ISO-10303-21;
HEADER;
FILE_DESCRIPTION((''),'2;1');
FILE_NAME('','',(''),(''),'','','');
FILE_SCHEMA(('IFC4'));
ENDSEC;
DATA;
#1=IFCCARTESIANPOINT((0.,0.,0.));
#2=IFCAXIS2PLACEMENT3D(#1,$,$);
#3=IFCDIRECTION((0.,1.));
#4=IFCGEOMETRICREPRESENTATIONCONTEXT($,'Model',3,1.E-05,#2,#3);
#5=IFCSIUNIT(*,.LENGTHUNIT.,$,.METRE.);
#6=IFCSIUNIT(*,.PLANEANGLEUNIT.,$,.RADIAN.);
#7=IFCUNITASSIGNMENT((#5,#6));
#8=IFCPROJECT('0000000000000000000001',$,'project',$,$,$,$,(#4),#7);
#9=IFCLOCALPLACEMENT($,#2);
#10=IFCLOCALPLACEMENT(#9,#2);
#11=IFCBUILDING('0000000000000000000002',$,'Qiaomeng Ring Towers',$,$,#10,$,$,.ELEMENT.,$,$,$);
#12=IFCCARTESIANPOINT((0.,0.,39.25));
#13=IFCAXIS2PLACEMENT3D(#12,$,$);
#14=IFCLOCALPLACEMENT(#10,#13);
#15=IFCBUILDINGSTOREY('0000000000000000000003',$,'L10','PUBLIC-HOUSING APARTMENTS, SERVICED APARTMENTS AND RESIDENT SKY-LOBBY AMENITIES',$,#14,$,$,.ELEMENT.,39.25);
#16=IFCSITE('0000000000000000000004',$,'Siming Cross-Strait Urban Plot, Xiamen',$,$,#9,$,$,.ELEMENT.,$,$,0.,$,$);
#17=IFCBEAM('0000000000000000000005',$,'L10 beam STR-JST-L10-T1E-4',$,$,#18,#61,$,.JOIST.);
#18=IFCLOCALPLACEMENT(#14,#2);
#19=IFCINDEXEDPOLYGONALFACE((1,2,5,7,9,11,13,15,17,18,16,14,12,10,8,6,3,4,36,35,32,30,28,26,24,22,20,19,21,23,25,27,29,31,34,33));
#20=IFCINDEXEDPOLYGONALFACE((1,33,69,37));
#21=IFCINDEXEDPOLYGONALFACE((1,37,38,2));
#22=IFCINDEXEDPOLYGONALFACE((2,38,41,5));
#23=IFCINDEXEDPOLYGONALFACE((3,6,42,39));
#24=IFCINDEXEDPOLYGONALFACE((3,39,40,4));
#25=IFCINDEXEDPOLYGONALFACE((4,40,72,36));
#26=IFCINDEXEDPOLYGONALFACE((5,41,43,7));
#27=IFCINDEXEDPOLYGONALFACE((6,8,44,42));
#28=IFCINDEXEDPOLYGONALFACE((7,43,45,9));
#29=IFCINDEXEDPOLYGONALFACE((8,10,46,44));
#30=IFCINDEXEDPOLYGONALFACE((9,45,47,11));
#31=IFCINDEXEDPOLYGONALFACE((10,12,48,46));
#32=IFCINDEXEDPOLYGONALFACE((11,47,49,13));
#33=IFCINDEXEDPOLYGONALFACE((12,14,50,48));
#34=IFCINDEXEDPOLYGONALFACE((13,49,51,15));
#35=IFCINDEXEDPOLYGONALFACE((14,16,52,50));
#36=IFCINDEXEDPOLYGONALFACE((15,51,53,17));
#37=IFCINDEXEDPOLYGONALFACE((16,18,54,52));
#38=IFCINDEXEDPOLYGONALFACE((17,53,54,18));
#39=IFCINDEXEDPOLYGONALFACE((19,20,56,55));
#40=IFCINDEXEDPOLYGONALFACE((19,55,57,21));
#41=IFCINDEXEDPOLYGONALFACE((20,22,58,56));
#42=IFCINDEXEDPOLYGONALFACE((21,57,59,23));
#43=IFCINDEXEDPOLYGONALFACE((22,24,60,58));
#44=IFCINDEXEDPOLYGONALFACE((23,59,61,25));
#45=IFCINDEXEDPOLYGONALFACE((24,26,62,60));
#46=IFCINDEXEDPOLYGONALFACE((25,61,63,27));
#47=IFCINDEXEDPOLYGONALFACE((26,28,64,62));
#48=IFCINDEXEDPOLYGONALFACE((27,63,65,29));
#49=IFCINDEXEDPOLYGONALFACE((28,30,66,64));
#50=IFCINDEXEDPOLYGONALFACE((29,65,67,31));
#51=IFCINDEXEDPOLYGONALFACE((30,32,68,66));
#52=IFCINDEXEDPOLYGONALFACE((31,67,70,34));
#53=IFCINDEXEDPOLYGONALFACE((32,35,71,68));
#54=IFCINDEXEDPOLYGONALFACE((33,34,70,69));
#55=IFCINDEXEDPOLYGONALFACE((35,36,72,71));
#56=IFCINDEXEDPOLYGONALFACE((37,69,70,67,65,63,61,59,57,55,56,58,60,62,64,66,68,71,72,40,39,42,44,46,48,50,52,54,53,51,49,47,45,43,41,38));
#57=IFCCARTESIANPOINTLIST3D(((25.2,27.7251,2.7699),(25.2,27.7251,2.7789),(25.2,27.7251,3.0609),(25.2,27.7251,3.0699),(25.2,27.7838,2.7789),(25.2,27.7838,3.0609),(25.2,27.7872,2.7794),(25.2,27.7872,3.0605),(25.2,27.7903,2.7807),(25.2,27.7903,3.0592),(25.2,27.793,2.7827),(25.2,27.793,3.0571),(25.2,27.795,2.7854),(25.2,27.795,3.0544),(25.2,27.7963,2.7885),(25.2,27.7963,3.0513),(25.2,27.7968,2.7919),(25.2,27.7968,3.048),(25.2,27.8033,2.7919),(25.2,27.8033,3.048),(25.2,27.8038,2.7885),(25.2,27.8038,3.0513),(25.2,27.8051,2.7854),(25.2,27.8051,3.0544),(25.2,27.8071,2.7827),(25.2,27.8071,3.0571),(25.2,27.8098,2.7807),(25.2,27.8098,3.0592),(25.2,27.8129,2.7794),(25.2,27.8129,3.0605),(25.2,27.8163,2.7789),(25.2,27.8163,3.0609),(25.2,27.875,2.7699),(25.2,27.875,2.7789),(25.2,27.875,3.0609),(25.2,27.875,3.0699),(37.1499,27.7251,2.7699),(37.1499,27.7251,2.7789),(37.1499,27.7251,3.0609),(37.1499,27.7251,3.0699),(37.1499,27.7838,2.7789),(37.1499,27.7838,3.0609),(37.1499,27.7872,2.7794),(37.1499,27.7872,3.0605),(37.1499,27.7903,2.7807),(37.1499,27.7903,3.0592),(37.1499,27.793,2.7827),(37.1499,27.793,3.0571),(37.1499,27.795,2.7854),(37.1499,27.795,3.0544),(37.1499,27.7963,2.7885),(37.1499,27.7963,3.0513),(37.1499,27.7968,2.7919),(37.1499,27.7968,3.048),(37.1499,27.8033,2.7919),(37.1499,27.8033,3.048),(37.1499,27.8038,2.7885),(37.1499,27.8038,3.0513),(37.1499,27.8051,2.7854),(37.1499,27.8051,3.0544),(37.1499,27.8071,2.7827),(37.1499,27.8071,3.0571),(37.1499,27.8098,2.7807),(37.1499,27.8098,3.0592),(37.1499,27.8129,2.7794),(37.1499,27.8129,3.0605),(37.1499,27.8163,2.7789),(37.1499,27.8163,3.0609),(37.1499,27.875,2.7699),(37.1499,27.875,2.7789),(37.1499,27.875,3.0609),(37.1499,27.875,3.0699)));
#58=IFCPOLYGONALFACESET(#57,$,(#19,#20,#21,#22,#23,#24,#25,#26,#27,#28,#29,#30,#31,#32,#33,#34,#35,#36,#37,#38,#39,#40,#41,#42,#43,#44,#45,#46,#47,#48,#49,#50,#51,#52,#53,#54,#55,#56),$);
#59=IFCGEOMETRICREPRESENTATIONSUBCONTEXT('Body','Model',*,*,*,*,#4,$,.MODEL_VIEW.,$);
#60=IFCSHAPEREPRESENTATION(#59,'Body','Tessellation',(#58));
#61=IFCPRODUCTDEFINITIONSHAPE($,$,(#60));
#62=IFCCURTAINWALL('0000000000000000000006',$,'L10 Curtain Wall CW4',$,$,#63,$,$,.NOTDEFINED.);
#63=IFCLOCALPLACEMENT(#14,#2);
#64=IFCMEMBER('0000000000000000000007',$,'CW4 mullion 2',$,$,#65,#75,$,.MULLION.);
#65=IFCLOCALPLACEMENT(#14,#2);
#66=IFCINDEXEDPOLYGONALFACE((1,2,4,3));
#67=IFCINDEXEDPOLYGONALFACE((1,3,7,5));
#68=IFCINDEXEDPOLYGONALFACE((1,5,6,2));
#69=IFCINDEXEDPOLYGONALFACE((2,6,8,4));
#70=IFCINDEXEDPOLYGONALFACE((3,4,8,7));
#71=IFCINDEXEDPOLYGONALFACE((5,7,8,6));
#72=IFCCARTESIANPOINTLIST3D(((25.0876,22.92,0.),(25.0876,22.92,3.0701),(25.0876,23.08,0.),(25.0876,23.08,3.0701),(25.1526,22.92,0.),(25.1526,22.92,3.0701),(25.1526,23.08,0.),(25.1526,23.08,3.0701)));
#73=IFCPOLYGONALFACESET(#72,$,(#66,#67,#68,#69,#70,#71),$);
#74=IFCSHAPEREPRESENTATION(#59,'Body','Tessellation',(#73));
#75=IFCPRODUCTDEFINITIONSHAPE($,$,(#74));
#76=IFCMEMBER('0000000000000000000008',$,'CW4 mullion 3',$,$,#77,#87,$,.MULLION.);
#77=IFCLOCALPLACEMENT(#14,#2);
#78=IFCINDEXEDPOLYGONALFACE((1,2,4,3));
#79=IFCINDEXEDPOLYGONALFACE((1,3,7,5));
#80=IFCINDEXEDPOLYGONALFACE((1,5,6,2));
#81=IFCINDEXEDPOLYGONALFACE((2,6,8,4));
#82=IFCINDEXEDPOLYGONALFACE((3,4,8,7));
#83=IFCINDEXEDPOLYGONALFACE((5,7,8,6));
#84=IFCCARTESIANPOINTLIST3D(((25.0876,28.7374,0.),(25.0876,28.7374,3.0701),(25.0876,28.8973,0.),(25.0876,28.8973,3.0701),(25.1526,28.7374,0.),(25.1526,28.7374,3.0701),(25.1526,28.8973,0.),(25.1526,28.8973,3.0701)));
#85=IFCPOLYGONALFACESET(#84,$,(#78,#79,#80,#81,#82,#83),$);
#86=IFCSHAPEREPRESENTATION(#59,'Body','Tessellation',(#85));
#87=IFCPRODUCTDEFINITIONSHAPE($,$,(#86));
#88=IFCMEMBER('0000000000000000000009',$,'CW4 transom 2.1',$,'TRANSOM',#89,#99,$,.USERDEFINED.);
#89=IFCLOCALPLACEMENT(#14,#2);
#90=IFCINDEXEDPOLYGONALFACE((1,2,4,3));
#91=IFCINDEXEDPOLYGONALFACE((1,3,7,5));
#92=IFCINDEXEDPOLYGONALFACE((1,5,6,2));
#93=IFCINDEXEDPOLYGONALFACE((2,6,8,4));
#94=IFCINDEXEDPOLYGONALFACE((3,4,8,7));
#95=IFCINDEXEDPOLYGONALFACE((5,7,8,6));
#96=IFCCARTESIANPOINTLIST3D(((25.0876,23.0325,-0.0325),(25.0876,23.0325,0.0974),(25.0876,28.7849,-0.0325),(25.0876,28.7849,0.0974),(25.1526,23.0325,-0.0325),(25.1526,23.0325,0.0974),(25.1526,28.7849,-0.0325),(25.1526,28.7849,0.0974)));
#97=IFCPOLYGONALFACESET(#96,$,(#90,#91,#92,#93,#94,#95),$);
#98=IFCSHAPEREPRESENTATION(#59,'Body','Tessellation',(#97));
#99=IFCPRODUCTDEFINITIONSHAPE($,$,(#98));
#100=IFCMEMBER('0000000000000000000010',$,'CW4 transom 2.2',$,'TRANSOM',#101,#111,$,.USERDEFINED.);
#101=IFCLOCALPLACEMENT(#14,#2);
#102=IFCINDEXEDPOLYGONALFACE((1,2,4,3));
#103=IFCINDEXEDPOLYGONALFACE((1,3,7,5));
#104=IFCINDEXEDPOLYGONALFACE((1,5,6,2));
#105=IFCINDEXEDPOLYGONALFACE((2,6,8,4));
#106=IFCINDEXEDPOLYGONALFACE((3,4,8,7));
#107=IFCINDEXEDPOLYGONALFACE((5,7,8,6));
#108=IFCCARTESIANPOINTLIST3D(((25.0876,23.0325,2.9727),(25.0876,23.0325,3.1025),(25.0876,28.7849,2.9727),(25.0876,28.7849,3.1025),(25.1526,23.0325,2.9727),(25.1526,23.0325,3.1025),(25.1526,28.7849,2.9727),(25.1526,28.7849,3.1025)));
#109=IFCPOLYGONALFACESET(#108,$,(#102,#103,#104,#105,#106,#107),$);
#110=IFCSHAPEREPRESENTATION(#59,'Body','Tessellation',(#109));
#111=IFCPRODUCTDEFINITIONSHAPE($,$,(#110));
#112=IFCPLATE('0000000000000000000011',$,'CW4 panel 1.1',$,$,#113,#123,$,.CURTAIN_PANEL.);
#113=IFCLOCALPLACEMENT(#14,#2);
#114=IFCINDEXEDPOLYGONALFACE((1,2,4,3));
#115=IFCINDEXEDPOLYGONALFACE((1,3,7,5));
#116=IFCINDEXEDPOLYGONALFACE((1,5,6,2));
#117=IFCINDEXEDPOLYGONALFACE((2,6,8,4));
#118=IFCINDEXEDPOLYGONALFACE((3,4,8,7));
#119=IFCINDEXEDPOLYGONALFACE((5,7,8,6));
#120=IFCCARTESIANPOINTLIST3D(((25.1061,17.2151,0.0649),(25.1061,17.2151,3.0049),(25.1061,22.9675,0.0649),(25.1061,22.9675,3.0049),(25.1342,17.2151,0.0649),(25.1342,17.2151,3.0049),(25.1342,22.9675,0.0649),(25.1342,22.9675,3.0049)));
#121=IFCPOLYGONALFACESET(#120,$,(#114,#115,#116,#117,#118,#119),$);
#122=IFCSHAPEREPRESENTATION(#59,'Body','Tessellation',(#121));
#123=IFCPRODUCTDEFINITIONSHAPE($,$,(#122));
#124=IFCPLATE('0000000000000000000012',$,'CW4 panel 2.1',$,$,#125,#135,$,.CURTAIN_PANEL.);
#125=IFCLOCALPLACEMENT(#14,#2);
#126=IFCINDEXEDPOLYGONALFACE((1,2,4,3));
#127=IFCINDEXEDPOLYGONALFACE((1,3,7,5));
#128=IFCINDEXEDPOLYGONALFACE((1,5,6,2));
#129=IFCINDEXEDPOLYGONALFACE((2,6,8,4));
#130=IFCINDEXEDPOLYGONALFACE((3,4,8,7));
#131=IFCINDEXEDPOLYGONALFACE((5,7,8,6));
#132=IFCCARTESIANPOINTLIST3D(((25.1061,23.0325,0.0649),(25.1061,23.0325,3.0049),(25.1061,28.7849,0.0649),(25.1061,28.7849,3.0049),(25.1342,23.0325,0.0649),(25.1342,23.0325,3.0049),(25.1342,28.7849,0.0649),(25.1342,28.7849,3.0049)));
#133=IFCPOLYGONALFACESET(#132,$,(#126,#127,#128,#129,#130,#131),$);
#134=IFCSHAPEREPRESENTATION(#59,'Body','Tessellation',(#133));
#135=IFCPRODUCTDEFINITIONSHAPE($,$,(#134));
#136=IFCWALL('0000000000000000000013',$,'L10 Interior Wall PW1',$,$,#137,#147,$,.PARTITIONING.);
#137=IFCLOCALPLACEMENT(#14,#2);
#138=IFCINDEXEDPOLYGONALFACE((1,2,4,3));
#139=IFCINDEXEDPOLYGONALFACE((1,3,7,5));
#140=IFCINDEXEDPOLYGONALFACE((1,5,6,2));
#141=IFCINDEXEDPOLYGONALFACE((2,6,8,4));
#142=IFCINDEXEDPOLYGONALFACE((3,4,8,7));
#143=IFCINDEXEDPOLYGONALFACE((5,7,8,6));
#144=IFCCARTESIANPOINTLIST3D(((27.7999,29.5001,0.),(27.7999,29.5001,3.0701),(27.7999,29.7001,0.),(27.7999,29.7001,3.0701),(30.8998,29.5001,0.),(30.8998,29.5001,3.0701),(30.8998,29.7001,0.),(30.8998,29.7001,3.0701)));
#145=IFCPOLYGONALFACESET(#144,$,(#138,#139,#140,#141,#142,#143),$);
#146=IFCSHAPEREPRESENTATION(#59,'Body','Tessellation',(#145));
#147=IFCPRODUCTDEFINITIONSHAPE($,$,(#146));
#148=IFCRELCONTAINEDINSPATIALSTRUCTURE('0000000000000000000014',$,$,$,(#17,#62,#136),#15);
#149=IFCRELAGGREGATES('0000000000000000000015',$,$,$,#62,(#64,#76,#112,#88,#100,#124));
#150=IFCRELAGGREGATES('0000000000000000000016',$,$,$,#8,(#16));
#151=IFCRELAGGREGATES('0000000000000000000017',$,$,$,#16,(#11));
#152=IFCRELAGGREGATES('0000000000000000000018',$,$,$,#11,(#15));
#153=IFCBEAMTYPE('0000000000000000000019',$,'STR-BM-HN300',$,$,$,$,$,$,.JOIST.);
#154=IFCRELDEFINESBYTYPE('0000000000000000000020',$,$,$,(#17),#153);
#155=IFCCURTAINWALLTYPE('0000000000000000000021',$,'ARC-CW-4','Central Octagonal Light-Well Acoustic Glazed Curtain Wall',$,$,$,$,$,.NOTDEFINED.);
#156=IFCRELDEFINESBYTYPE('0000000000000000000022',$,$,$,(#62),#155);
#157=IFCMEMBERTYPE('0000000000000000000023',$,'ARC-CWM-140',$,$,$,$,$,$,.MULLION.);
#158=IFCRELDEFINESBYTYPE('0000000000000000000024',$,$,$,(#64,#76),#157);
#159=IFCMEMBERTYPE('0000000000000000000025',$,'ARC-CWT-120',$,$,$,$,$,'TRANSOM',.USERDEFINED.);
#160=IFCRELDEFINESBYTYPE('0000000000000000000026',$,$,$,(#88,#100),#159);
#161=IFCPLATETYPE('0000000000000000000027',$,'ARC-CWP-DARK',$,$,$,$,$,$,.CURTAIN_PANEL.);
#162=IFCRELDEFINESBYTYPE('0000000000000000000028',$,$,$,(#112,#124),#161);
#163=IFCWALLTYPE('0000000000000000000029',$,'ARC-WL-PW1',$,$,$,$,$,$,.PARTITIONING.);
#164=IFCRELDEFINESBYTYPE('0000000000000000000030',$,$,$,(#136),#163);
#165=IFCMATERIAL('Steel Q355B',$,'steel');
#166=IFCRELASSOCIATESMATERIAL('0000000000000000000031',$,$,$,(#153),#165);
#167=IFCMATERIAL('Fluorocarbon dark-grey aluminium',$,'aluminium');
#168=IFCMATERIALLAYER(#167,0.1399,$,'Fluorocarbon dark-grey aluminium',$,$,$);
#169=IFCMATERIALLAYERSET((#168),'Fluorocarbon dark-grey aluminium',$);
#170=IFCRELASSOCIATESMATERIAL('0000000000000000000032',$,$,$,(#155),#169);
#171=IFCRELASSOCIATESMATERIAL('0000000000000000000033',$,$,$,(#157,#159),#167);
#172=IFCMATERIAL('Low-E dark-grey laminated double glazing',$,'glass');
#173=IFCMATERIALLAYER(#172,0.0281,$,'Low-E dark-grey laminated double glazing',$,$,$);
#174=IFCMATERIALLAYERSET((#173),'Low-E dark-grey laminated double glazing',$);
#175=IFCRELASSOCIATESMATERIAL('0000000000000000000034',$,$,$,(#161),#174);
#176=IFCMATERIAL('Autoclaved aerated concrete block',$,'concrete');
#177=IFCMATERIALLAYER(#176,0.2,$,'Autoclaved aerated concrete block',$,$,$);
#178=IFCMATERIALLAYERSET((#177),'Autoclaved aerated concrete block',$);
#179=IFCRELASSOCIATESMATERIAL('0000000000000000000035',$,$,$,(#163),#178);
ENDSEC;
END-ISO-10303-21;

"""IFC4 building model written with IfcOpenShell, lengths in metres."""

from ifc_helpers import new_model, si_unit, direction, frame, frame_2d, origin, origin_2d, place, context, subcontext, project, spatial, rectangle, i_section, extrude, source, transform, mapped, material, layer, layer_set, material_profile, profile_set, type_object, element, aggregate, save


model = new_model("IFC4")

# Units and contexts
model_context = context("Model", 3, precision=1e-05, world=origin(), true_north=direction((0.0, 1.0)))
body_context = subcontext(model_context, "Body", "Model", "MODEL_VIEW")
ifc_project = project(units=[si_unit("LENGTHUNIT", "METRE"), si_unit("PLANEANGLEUNIT", "RADIAN")], contexts=[model_context])

# Site, building, storey
site_placement = place(None, origin())
site = spatial("IfcSite", under=ifc_project, at=site_placement, Name="Siming Cross-Strait Urban Plot, Xiamen", CompositionType="ELEMENT", RefElevation=0.0)
building_placement = place(site_placement, origin())
building = spatial("IfcBuilding", under=site, at=building_placement, Name="Qiaomeng Ring Towers", CompositionType="ELEMENT")
storey_placement = place(building_placement, frame((0.0, 0.0, 39.25)))
storey = spatial("IfcBuildingStorey", under=building, at=storey_placement, Name="L10", Description="PUBLIC-HOUSING APARTMENTS, SERVICED APARTMENTS AND RESIDENT SKY-LOBBY AMENITIES", CompositionType="ELEMENT", Elevation=39.25)

# Beam
ifc_material_1 = material(Name="Steel Q355B", Category="steel")
ifc_material_profile_1 = material_profile(ifc_material_1, i_section(OverallWidth=0.1499, OverallDepth=0.3, WebThickness=0.0066, FlangeThickness=0.009, FilletRadius=0.0129, at=origin_2d()), Name="HN 300x150x6.5x9")
ifc_profile_set_1 = profile_set([ifc_material_profile_1], Name="Steel Q355B")
beam_type_1 = type_object("IfcBeamType", Name="STR-BM-HN300", PredefinedType="JOIST", material=ifc_profile_set_1)
shared_shape_1 = source(origin(), body_context, "Body", "SweptSolid", [
    extrude(i_section(OverallWidth=0.1499, OverallDepth=0.3, WebThickness=0.0066, FlangeThickness=0.009, FilletRadius=0.0129, at=origin_2d()), origin(), (0.0, 0.0, 1.0), 11.95),
])
for number, where, z_axis, x_axis, name in (
    (1, (25.2, 27.8, 2.9199), (1.0, 0.0, 0.0), (0.0, 1.0, 0.0), "L10 beam STR-JST-L10-T1E-4"),
):
    element("IfcBeam", number, at=place(storey_placement, frame(where, z_axis=z_axis, x_axis=x_axis)), inside=storey, type_object=beam_type_1, Name=name, PredefinedType="JOIST", context=body_context, shape_type="MappedRepresentation", body=[
        mapped(shared_shape_1, transform((0.0, 0.0, 0.0), x_axis=(1.0, 0.0, 0.0), y_axis=(0.0, 1.0, 0.0), z_axis=(0.0, 0.0, 1.0), scale=1.0)),
    ])

# Curtain wall, members, plates
ifc_material_2 = material(Name="Fluorocarbon dark-grey aluminium", Category="aluminium")
ifc_layer_1 = layer(ifc_material_2, 0.1399, Name="Fluorocarbon dark-grey aluminium")
ifc_layer_set_1 = layer_set([ifc_layer_1], Name="Fluorocarbon dark-grey aluminium")
curtain_wall_type = type_object("IfcCurtainWallType", Name="ARC-CW-4", Description="Central Octagonal Light-Well Acoustic Glazed Curtain Wall", PredefinedType="NOTDEFINED", material=ifc_layer_set_1)
curtain_wall_placement = place(storey_placement, origin())
curtain_wall = element("IfcCurtainWall", 2, at=curtain_wall_placement, inside=storey, type_object=curtain_wall_type, Name="L10 Curtain Wall CW4", PredefinedType="NOTDEFINED")
ifc_material_profile_2 = material_profile(ifc_material_2, rectangle(XDim=0.0649, YDim=0.1599, at=origin_2d()), Name="ALU MULL 65x160")
ifc_profile_set_2 = profile_set([ifc_material_profile_2], Name="Fluorocarbon dark-grey aluminium")
member_type_1 = type_object("IfcMemberType", Name="ARC-CWM-140", PredefinedType="MULLION", material=ifc_profile_set_2)
shared_shape_2 = source(origin(), body_context, "Body", "SweptSolid", [
    extrude(rectangle(XDim=0.0649, YDim=0.1599, at=origin_2d()), origin(), (0.0, 0.0, 1.0), 3.0701),
])
member_1_placement = place(storey_placement, frame((25.1201, 23.0, 0.0), z_axis=(0.0, 0.0, 1.0), x_axis=(-1.0, 0.0, 0.0)))
member_1 = element("IfcMember", 3, at=member_1_placement, type_object=member_type_1, Name="CW4 mullion 2", PredefinedType="MULLION", context=body_context, shape_type="MappedRepresentation", body=[
    mapped(shared_shape_2, transform((0.0, 0.0, 0.0), x_axis=(1.0, 0.0, 0.0), y_axis=(0.0, 1.0, 0.0), z_axis=(0.0, 0.0, 1.0), scale=1.0)),
])
member_2_placement = place(storey_placement, frame((25.1201, 28.8174, 0.0), z_axis=(0.0, 0.0, 1.0), x_axis=(-1.0, 0.0, 0.0)))
member_2 = element("IfcMember", 4, at=member_2_placement, type_object=member_type_1, Name="CW4 mullion 3", PredefinedType="MULLION", context=body_context, shape_type="MappedRepresentation", body=[
    mapped(shared_shape_2, transform((0.0, 0.0, 0.0), x_axis=(1.0, 0.0, 0.0), y_axis=(0.0, 1.0, 0.0), z_axis=(0.0, 0.0, 1.0), scale=1.0)),
])
ifc_material_profile_3 = material_profile(ifc_material_2, rectangle(XDim=0.0649, YDim=0.1299, at=origin_2d()), Name="ALU TRAN 65x130")
ifc_profile_set_3 = profile_set([ifc_material_profile_3], Name="Fluorocarbon dark-grey aluminium")
member_type_2 = type_object("IfcMemberType", Name="ARC-CWT-120", ElementType="TRANSOM", PredefinedType="USERDEFINED", material=ifc_profile_set_3)
shared_shape_3 = source(origin(), body_context, "Body", "SweptSolid", [
    extrude(rectangle(XDim=0.0649, YDim=0.1299, at=origin_2d()), origin(), (0.0, 0.0, 1.0), 5.7524),
])
member_3_placement = place(storey_placement, frame((25.1201, 23.0325, 0.0325), z_axis=(0.0, 1.0, 0.0), x_axis=(-1.0, 0.0, 0.0)))
member_3 = element("IfcMember", 5, at=member_3_placement, type_object=member_type_2, Name="CW4 transom 2.1", ObjectType="TRANSOM", PredefinedType="USERDEFINED", context=body_context, shape_type="MappedRepresentation", body=[
    mapped(shared_shape_3, transform((0.0, 0.0, 0.0), x_axis=(1.0, 0.0, 0.0), y_axis=(0.0, 1.0, 0.0), z_axis=(0.0, 0.0, 1.0), scale=1.0)),
])
member_4_placement = place(storey_placement, frame((25.1201, 23.0325, 3.0376), z_axis=(0.0, 1.0, 0.0), x_axis=(-1.0, 0.0, 0.0)))
member_4 = element("IfcMember", 6, at=member_4_placement, type_object=member_type_2, Name="CW4 transom 2.2", ObjectType="TRANSOM", PredefinedType="USERDEFINED", context=body_context, shape_type="MappedRepresentation", body=[
    mapped(shared_shape_3, transform((0.0, 0.0, 0.0), x_axis=(1.0, 0.0, 0.0), y_axis=(0.0, 1.0, 0.0), z_axis=(0.0, 0.0, 1.0), scale=1.0)),
])
ifc_material_3 = material(Name="Low-E dark-grey laminated double glazing", Category="glass")
ifc_layer_2 = layer(ifc_material_3, 0.0281, Name="Low-E dark-grey laminated double glazing")
ifc_layer_set_2 = layer_set([ifc_layer_2], Name="Low-E dark-grey laminated double glazing")
plate_type = type_object("IfcPlateType", Name="ARC-CWP-DARK", PredefinedType="CURTAIN_PANEL", material=ifc_layer_set_2)
shared_shape_4 = source(origin(), body_context, "Body", "SweptSolid", [
    extrude(rectangle(XDim=5.7524, YDim=0.0281, at=origin_2d()), origin(), (0.0, 0.0, 1.0), 2.9399),
])
plate_1_placement = place(storey_placement, frame((25.1201, 20.0913, 0.0649), z_axis=(0.0, 0.0, 1.0), x_axis=(0.0, 1.0, 0.0)))
plate_1 = element("IfcPlate", 7, at=plate_1_placement, type_object=plate_type, Name="CW4 panel 1.1", PredefinedType="CURTAIN_PANEL", context=body_context, shape_type="MappedRepresentation", body=[
    mapped(shared_shape_4, transform((0.0, 0.0, 0.0), x_axis=(1.0, 0.0, 0.0), y_axis=(0.0, 1.0, 0.0), z_axis=(0.0, 0.0, 1.0), scale=1.0)),
])
plate_2_placement = place(storey_placement, frame((25.1201, 25.9087, 0.0649), z_axis=(0.0, 0.0, 1.0), x_axis=(0.0, 1.0, 0.0)))
plate_2 = element("IfcPlate", 8, at=plate_2_placement, type_object=plate_type, Name="CW4 panel 2.1", PredefinedType="CURTAIN_PANEL", context=body_context, shape_type="MappedRepresentation", body=[
    mapped(shared_shape_4, transform((0.0, 0.0, 0.0), x_axis=(1.0, 0.0, 0.0), y_axis=(0.0, 1.0, 0.0), z_axis=(0.0, 0.0, 1.0), scale=1.0)),
])
aggregate(curtain_wall, [member_1, member_2, plate_1, member_3, member_4, plate_2])

# Wall
ifc_material_4 = material(Name="Autoclaved aerated concrete block", Category="concrete")
ifc_layer_3 = layer(ifc_material_4, 0.2, Name="Autoclaved aerated concrete block")
ifc_layer_set_3 = layer_set([ifc_layer_3], Name="Autoclaved aerated concrete block")
wall_type_1 = type_object("IfcWallType", Name="ARC-WL-PW1", PredefinedType="PARTITIONING", material=ifc_layer_set_3)
wall_1_placement = place(storey_placement, frame((27.8, 29.6001, 0.0), z_axis=(0.0, 0.0, 1.0), x_axis=(1.0, 0.0, 0.0)))
element("IfcWall", 9, at=wall_1_placement, inside=storey, type_object=wall_type_1, Name="L10 Interior Wall PW1", PredefinedType="PARTITIONING", context=body_context, shape_type="SweptSolid", body=[
    extrude(rectangle(XDim=3.0999, YDim=0.2, at=frame_2d((1.5498, 0.0))), origin(), (0.0, 0.0, 1.0), 3.0701),
])

save(model, "model.ifc")
